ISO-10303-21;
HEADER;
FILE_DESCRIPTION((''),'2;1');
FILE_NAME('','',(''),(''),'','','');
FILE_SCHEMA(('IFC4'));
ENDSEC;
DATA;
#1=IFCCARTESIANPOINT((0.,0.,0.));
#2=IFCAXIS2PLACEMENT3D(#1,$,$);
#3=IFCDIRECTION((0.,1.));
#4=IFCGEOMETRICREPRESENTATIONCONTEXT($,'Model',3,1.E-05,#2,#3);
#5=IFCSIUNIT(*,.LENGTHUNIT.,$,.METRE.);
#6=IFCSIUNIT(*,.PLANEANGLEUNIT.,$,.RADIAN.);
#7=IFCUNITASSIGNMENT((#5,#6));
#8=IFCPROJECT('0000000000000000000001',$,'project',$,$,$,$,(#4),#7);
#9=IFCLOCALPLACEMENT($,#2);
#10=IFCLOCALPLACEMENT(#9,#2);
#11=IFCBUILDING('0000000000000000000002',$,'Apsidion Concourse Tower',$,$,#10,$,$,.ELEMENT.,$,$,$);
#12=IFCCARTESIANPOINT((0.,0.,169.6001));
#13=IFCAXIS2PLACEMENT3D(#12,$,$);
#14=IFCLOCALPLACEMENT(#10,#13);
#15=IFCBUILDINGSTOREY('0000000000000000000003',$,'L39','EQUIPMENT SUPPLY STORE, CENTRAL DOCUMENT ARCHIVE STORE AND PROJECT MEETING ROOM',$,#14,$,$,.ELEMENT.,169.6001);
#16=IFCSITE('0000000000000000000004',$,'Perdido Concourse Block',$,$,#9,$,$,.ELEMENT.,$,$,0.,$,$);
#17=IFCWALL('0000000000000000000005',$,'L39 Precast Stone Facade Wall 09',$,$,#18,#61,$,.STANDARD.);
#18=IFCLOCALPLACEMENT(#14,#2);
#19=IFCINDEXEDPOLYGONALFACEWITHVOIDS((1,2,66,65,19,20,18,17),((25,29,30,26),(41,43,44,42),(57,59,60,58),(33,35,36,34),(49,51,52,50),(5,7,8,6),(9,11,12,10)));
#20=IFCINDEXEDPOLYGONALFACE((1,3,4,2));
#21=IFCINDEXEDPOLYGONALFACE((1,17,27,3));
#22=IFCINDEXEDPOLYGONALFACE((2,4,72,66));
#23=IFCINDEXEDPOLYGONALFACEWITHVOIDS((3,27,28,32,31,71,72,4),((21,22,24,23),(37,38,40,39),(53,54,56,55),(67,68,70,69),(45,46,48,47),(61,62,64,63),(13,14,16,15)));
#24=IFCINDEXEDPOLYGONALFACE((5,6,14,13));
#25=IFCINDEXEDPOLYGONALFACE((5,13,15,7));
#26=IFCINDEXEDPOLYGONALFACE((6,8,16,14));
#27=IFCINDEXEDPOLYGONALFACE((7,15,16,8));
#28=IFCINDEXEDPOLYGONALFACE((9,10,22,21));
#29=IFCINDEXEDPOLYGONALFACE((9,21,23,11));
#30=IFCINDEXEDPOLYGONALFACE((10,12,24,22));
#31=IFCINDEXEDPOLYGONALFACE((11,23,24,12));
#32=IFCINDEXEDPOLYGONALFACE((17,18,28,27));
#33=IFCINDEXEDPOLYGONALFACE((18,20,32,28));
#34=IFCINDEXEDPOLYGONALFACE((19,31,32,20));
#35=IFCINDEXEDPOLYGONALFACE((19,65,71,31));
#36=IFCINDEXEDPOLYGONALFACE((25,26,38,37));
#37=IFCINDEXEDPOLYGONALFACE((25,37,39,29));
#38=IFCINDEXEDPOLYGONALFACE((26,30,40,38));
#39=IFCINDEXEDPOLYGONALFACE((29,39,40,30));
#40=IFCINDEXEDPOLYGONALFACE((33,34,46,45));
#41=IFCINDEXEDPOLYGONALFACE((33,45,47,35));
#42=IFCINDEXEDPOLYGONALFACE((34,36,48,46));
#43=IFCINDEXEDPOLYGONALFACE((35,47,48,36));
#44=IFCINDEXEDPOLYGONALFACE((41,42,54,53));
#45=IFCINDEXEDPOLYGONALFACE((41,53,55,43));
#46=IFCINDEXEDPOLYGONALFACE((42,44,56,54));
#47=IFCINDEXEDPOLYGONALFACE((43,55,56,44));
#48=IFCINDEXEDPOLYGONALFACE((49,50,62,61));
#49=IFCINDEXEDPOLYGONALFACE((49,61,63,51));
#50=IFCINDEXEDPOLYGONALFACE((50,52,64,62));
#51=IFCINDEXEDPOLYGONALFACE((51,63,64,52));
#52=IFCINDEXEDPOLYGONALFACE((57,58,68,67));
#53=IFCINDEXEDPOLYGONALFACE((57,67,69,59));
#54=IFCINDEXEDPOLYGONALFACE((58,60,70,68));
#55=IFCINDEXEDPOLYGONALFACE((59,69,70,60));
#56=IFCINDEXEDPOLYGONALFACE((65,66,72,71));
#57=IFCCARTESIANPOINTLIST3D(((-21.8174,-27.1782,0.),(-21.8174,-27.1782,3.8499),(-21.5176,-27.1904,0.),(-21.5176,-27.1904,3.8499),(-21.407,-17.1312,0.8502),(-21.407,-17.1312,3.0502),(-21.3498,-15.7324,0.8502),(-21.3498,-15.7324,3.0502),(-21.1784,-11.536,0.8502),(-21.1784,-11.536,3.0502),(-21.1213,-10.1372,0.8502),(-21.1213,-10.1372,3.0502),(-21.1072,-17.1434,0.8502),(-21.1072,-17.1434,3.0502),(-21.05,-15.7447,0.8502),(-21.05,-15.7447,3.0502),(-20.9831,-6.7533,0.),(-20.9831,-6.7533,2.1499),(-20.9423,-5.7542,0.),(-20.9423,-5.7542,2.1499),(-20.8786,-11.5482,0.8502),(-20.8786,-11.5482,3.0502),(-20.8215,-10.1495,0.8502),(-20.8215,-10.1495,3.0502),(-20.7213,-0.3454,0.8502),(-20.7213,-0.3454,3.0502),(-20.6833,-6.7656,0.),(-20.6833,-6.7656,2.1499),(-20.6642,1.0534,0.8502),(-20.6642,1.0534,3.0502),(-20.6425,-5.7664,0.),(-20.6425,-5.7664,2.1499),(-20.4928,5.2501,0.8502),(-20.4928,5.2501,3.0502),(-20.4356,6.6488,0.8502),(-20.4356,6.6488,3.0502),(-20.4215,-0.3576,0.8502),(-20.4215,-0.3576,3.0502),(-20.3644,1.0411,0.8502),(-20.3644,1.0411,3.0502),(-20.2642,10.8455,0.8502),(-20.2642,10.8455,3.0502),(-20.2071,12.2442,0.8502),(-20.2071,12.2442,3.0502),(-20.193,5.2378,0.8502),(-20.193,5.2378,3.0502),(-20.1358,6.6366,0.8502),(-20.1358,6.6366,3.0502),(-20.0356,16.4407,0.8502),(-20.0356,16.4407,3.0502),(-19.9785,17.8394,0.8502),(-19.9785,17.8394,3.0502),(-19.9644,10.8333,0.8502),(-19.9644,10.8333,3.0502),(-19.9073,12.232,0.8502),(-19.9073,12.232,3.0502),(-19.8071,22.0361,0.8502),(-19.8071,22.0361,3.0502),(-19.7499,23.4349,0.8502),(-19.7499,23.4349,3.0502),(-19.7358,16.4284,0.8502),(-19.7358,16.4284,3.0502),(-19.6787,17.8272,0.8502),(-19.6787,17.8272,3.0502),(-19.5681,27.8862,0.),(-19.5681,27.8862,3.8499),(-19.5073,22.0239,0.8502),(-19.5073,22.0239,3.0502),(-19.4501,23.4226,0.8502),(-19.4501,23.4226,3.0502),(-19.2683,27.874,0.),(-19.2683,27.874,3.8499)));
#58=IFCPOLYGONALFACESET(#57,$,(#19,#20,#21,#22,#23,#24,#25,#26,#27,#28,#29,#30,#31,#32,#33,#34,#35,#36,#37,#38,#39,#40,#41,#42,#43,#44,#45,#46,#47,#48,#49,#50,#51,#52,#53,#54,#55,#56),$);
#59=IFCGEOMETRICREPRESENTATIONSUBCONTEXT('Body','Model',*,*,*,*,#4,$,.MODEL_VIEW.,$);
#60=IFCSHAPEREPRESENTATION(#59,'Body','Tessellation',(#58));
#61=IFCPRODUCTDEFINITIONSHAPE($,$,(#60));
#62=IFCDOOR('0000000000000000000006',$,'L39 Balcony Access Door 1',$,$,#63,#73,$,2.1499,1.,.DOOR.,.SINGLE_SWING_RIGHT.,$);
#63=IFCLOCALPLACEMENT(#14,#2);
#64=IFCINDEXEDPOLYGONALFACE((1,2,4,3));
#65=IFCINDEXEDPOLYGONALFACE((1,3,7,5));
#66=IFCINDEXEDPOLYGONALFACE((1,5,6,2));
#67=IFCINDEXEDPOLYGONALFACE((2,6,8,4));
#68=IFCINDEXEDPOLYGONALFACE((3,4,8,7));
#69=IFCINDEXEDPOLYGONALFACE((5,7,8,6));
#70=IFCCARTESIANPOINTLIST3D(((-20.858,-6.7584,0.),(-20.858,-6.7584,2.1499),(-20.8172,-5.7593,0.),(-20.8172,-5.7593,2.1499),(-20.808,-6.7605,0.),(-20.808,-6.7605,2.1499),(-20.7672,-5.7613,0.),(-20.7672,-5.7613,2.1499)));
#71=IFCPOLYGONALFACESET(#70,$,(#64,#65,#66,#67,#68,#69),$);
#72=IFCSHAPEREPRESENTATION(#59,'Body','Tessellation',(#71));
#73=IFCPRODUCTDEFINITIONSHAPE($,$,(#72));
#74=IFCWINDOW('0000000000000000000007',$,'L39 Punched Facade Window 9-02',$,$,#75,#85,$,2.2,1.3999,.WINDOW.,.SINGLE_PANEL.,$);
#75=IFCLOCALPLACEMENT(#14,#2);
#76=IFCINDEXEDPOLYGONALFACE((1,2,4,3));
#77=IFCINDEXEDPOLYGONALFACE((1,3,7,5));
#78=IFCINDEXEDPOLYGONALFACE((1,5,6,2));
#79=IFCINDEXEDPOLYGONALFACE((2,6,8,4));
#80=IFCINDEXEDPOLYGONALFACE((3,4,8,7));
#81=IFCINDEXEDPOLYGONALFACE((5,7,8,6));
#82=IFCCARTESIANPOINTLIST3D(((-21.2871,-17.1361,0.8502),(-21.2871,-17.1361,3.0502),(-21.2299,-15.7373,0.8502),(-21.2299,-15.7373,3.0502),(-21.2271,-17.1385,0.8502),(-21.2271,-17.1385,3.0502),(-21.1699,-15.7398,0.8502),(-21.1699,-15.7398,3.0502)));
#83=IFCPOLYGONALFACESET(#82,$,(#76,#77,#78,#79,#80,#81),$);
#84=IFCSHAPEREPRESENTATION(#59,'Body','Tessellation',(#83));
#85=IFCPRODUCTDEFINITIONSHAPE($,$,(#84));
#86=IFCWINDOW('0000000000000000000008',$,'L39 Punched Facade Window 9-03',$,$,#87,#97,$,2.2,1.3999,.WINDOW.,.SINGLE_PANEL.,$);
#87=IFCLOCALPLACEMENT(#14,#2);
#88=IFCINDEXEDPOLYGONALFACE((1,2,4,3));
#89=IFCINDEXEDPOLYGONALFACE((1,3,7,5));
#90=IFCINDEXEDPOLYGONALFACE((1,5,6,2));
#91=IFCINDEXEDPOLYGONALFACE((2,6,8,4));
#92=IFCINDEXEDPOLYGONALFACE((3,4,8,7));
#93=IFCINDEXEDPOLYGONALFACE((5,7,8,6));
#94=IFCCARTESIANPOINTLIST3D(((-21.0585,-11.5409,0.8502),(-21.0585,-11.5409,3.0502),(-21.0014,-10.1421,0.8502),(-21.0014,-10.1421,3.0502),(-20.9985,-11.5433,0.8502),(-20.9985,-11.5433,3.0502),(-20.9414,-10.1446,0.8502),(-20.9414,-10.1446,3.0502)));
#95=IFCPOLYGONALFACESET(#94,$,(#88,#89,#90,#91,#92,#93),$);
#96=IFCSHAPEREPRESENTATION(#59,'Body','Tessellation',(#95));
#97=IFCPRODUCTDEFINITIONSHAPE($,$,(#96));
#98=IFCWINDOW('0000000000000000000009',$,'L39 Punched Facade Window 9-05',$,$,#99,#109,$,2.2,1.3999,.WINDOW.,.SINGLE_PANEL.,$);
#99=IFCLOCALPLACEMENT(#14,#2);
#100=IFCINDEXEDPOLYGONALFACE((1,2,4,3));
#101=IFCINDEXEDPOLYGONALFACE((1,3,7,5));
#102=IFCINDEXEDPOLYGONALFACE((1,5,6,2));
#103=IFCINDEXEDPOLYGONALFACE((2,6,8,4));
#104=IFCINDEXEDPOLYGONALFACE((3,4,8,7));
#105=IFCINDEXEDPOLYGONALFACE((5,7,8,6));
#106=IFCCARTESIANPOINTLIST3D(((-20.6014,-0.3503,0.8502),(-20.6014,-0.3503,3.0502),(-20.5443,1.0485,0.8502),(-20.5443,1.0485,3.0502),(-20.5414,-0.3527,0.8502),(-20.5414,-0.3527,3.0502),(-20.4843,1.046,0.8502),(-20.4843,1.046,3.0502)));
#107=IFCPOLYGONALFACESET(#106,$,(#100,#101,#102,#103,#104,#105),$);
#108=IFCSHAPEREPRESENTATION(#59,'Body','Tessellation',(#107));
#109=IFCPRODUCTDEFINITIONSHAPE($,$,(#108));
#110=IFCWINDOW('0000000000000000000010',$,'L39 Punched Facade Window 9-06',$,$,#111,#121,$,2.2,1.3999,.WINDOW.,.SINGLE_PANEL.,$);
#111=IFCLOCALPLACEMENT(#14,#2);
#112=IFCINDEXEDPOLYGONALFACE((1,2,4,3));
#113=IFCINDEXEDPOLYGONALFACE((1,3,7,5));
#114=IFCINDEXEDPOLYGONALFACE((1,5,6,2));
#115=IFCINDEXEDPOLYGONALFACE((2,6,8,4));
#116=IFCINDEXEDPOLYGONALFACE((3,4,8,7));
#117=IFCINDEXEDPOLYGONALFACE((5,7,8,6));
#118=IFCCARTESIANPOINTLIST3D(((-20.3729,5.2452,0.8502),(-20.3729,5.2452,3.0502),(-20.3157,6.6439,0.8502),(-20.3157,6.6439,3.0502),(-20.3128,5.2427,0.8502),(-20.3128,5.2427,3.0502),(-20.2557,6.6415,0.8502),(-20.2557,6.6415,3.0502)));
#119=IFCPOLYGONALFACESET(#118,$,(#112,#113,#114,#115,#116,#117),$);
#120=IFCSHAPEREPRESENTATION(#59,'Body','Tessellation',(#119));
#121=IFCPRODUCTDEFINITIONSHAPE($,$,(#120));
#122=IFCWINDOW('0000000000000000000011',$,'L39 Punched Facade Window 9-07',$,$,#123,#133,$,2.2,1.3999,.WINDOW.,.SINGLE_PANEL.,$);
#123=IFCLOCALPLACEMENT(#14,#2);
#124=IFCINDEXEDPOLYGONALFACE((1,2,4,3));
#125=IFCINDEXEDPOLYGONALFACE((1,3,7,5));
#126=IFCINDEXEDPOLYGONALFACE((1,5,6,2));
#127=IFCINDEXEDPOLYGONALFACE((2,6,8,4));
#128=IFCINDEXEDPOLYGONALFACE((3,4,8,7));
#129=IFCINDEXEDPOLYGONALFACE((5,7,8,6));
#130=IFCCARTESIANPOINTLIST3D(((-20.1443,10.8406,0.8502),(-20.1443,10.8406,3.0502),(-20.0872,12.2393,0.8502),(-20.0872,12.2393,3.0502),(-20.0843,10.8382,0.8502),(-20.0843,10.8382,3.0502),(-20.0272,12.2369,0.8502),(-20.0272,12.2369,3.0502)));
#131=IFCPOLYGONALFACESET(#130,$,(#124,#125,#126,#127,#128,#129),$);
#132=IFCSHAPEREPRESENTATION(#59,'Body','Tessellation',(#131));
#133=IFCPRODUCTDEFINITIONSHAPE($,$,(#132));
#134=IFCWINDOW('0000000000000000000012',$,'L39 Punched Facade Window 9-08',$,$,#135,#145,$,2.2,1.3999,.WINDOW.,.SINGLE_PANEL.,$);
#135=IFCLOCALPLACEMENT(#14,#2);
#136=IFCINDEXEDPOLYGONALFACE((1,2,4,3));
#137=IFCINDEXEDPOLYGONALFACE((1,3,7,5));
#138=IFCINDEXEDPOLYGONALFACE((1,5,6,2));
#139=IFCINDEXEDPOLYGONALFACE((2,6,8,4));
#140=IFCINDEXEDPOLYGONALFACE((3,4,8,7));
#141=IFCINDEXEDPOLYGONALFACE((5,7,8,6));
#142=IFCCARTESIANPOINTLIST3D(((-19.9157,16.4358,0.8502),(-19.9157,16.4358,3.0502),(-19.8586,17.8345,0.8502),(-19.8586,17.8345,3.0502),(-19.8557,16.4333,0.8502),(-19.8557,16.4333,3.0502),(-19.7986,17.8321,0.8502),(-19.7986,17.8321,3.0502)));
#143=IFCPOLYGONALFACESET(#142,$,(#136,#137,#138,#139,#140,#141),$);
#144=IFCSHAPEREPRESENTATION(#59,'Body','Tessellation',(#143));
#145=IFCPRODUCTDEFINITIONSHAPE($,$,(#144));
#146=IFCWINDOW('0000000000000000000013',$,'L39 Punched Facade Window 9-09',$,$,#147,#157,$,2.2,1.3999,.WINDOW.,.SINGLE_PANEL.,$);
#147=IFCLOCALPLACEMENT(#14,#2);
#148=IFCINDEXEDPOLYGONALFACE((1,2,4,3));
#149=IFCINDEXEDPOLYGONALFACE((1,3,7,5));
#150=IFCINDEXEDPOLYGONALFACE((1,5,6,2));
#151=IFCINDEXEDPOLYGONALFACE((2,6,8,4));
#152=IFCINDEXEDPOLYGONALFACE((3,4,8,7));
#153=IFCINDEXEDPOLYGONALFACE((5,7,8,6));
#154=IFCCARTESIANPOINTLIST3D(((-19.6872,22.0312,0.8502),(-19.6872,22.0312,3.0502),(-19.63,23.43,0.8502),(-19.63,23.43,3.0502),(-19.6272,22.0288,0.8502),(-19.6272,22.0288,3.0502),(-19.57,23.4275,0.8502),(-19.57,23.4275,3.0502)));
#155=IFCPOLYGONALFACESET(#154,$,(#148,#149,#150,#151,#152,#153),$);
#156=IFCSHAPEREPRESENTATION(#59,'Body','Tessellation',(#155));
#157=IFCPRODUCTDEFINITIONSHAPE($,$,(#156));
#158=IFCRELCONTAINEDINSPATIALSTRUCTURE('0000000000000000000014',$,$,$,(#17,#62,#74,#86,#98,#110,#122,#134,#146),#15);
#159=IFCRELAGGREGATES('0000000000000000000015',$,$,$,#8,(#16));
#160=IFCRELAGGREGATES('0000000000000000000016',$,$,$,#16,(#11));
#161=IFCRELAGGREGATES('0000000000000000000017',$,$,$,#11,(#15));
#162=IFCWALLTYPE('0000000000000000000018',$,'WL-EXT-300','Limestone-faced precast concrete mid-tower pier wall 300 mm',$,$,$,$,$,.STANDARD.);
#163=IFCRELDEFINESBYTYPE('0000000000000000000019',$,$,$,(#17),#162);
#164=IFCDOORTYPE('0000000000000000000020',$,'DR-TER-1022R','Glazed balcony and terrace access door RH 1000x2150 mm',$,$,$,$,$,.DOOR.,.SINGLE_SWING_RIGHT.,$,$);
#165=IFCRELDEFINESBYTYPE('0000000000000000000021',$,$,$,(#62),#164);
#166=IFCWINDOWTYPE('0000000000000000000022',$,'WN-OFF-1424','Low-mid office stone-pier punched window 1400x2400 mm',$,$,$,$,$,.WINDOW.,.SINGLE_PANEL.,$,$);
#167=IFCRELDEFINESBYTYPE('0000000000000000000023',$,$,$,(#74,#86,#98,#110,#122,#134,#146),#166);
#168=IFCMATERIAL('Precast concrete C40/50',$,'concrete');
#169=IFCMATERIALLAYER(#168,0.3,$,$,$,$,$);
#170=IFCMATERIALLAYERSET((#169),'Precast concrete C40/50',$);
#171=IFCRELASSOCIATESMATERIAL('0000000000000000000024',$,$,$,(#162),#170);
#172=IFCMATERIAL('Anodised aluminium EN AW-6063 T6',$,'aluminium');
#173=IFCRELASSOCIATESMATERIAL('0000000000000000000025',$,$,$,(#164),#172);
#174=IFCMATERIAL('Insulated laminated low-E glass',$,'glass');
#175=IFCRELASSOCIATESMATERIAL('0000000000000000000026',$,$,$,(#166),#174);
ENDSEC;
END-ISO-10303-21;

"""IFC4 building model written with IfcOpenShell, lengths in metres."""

from ifc_helpers import new_model, si_unit, direction, frame, frame_2d, origin, place, context, subcontext, project, spatial, rectangle, extrude, material, layer, layer_set, type_object, element, fill, save


model = new_model("IFC4")

# Units and contexts
model_context = context("Model", 3, precision=1e-05, world=origin(), true_north=direction((0.0, 1.0)))
body_context = subcontext(model_context, "Body", "Model", "MODEL_VIEW")
ifc_project = project(units=[si_unit("LENGTHUNIT", "METRE"), si_unit("PLANEANGLEUNIT", "RADIAN")], contexts=[model_context])

# Site, building, storey
site_placement = place(None, origin())
site = spatial("IfcSite", under=ifc_project, at=site_placement, Name="Perdido Concourse Block", CompositionType="ELEMENT", RefElevation=0.0)
building_placement = place(site_placement, origin())
building = spatial("IfcBuilding", under=site, at=building_placement, Name="Apsidion Concourse Tower", CompositionType="ELEMENT")
storey_placement = place(building_placement, frame((0.0, 0.0, 169.6001)))
storey = spatial("IfcBuildingStorey", under=building, at=storey_placement, Name="L39", Description="EQUIPMENT SUPPLY STORE, CENTRAL DOCUMENT ARCHIVE STORE AND PROJECT MEETING ROOM", CompositionType="ELEMENT", Elevation=169.6001)

# Shared definitions
ifc_material_1 = material(Name="Precast concrete C40/50", Category="concrete")
ifc_layer_1 = layer(ifc_material_1, 0.3)
ifc_layer_set_1 = layer_set([ifc_layer_1], Name="Precast concrete C40/50")
wall_type_1 = type_object("IfcWallType", Name="WL-EXT-300", Description="Limestone-faced precast concrete mid-tower pier wall 300 mm", PredefinedType="STANDARD", material=ifc_layer_set_1)

# Wall, openings, door, windows
wall_1_placement = place(storey_placement, frame((-21.6675, -27.1843, 0.0), z_axis=(0.0, 0.0, 1.0), x_axis=(0.040814, 0.999167, 0.0)))
wall_1 = element("IfcWall", 1, at=wall_1_placement, inside=storey, type_object=wall_type_1, Name="L39 Precast Stone Facade Wall 09", PredefinedType="STANDARD", context=body_context, shape_type="SweptSolid", body=[
    extrude(rectangle(XDim=55.1104, YDim=0.3, at=frame_2d((27.5552, 0.0))), origin(), (0.0, 0.0, 1.0), 3.8499),
])
opening_1_placement = place(wall_1_placement, frame((20.4419, 0.0, 0.0)))
opening_1 = element("IfcOpeningElement", 2, at=opening_1_placement, cuts=wall_1, PredefinedType="OPENING", context=body_context, shape_type="SweptSolid", body=[
    extrude(rectangle(XDim=1.0, YDim=2.1499, at=frame_2d((0.5, 1.075))), frame((0.0, 0.1602, 0.0), z_axis=(0.0, -1.0, 0.0), x_axis=(1.0, 0.0, 0.0)), (0.0, 0.0, 1.0), 0.3201),
])
opening_2_placement = place(wall_1_placement, frame((10.0554, 0.0, 0.8501)))
opening_2 = element("IfcOpeningElement", 3, at=opening_2_placement, cuts=wall_1, PredefinedType="OPENING", context=body_context, shape_type="SweptSolid", body=[
    extrude(rectangle(XDim=1.3999, YDim=2.2, at=frame_2d((0.7, 1.1001))), frame((0.0, 0.1602, 0.0), z_axis=(0.0, -1.0, 0.0), x_axis=(1.0, 0.0, 0.0)), (0.0, 0.0, 1.0), 0.3201),
])
opening_3_placement = place(wall_1_placement, frame((15.6553, 0.0, 0.8501)))
opening_3 = element("IfcOpeningElement", 4, at=opening_3_placement, cuts=wall_1, PredefinedType="OPENING", context=body_context, shape_type="SweptSolid", body=[
    extrude(rectangle(XDim=1.3999, YDim=2.2, at=frame_2d((0.7, 1.1001))), frame((0.0, 0.1602, 0.0), z_axis=(0.0, -1.0, 0.0), x_axis=(1.0, 0.0, 0.0)), (0.0, 0.0, 1.0), 0.3201),
])
opening_4_placement = place(wall_1_placement, frame((26.8552, 0.0, 0.8501)))
opening_4 = element("IfcOpeningElement", 5, at=opening_4_placement, cuts=wall_1, PredefinedType="OPENING", context=body_context, shape_type="SweptSolid", body=[
    extrude(rectangle(XDim=1.3999, YDim=2.2, at=frame_2d((0.7, 1.1001))), frame((0.0, 0.1602, 0.0), z_axis=(0.0, -1.0, 0.0), x_axis=(1.0, 0.0, 0.0)), (0.0, 0.0, 1.0), 0.3201),
])
opening_5_placement = place(wall_1_placement, frame((32.4553, 0.0, 0.8501)))
opening_5 = element("IfcOpeningElement", 6, at=opening_5_placement, cuts=wall_1, PredefinedType="OPENING", context=body_context, shape_type="SweptSolid", body=[
    extrude(rectangle(XDim=1.3999, YDim=2.2, at=frame_2d((0.7, 1.1001))), frame((0.0, 0.1602, 0.0), z_axis=(0.0, -1.0, 0.0), x_axis=(1.0, 0.0, 0.0)), (0.0, 0.0, 1.0), 0.3201),
])
opening_6_placement = place(wall_1_placement, frame((38.0554, 0.0, 0.8501)))
opening_6 = element("IfcOpeningElement", 7, at=opening_6_placement, cuts=wall_1, PredefinedType="OPENING", context=body_context, shape_type="SweptSolid", body=[
    extrude(rectangle(XDim=1.3999, YDim=2.2, at=frame_2d((0.7, 1.1001))), frame((0.0, 0.1602, 0.0), z_axis=(0.0, -1.0, 0.0), x_axis=(1.0, 0.0, 0.0)), (0.0, 0.0, 1.0), 0.3201),
])
opening_7_placement = place(wall_1_placement, frame((43.6553, 0.0, 0.8501)))
opening_7 = element("IfcOpeningElement", 8, at=opening_7_placement, cuts=wall_1, PredefinedType="OPENING", context=body_context, shape_type="SweptSolid", body=[
    extrude(rectangle(XDim=1.3999, YDim=2.2, at=frame_2d((0.7, 1.1001))), frame((0.0, 0.1602, 0.0), z_axis=(0.0, -1.0, 0.0), x_axis=(1.0, 0.0, 0.0)), (0.0, 0.0, 1.0), 0.3201),
])
opening_8_placement = place(wall_1_placement, frame((49.2554, 0.0, 0.8501)))
opening_8 = element("IfcOpeningElement", 9, at=opening_8_placement, cuts=wall_1, PredefinedType="OPENING", context=body_context, shape_type="SweptSolid", body=[
    extrude(rectangle(XDim=1.3999, YDim=2.2, at=frame_2d((0.7, 1.1001))), frame((0.0, 0.1602, 0.0), z_axis=(0.0, -1.0, 0.0), x_axis=(1.0, 0.0, 0.0)), (0.0, 0.0, 1.0), 0.3201),
])
ifc_material_2 = material(Name="Anodised aluminium EN AW-6063 T6", Category="aluminium")
door_type_1 = type_object("IfcDoorType", Name="DR-TER-1022R", Description="Glazed balcony and terrace access door RH 1000x2150 mm", OperationType="SINGLE_SWING_RIGHT", PredefinedType="DOOR", material=ifc_material_2)
door_1_placement = place(opening_1_placement, origin())
door_1 = element("IfcDoor", 10, at=door_1_placement, inside=storey, type_object=door_type_1, Name="L39 Balcony Access Door 1", OperationType="SINGLE_SWING_RIGHT", OverallHeight=2.1499, OverallWidth=1.0, PredefinedType="DOOR", context=body_context, shape_type="SweptSolid", body=[
    extrude(rectangle(XDim=1.0, YDim=2.1499, at=frame_2d((0.5, 1.075))), frame((0.0, 0.0249, 0.0), z_axis=(0.0, -1.0, 0.0), x_axis=(1.0, 0.0, 0.0)), (0.0, 0.0, 1.0), 0.05),
])
fill(opening_1, door_1)
ifc_material_3 = material(Name="Insulated laminated low-E glass", Category="glass")
window_type = type_object("IfcWindowType", Name="WN-OFF-1424", Description="Low-mid office stone-pier punched window 1400x2400 mm", PartitioningType="SINGLE_PANEL", PredefinedType="WINDOW", material=ifc_material_3)
window_1_placement = place(opening_2_placement, origin())
window_1 = element("IfcWindow", 11, at=window_1_placement, inside=storey, type_object=window_type, Name="L39 Punched Facade Window 9-02", OverallHeight=2.2, OverallWidth=1.3999, PartitioningType="SINGLE_PANEL", PredefinedType="WINDOW", context=body_context, shape_type="SweptSolid", body=[
    extrude(rectangle(XDim=1.3999, YDim=2.2, at=frame_2d((0.7, 1.1001))), frame((0.0, 0.03, 0.0), z_axis=(0.0, -1.0, 0.0), x_axis=(1.0, 0.0, 0.0)), (0.0, 0.0, 1.0), 0.0601),
])
fill(opening_2, window_1)
window_2_placement = place(opening_3_placement, origin())
window_2 = element("IfcWindow", 12, at=window_2_placement, inside=storey, type_object=window_type, Name="L39 Punched Facade Window 9-03", OverallHeight=2.2, OverallWidth=1.3999, PartitioningType="SINGLE_PANEL", PredefinedType="WINDOW", context=body_context, shape_type="SweptSolid", body=[
    extrude(rectangle(XDim=1.3999, YDim=2.2, at=frame_2d((0.7, 1.1001))), frame((0.0, 0.03, 0.0), z_axis=(0.0, -1.0, 0.0), x_axis=(1.0, 0.0, 0.0)), (0.0, 0.0, 1.0), 0.0601),
])
fill(opening_3, window_2)
window_3_placement = place(opening_4_placement, origin())
window_3 = element("IfcWindow", 13, at=window_3_placement, inside=storey, type_object=window_type, Name="L39 Punched Facade Window 9-05", OverallHeight=2.2, OverallWidth=1.3999, PartitioningType="SINGLE_PANEL", PredefinedType="WINDOW", context=body_context, shape_type="SweptSolid", body=[
    extrude(rectangle(XDim=1.3999, YDim=2.2, at=frame_2d((0.7, 1.1001))), frame((0.0, 0.03, 0.0), z_axis=(0.0, -1.0, 0.0), x_axis=(1.0, 0.0, 0.0)), (0.0, 0.0, 1.0), 0.0601),
])
fill(opening_4, window_3)
window_4_placement = place(opening_5_placement, origin())
window_4 = element("IfcWindow", 14, at=window_4_placement, inside=storey, type_object=window_type, Name="L39 Punched Facade Window 9-06", OverallHeight=2.2, OverallWidth=1.3999, PartitioningType="SINGLE_PANEL", PredefinedType="WINDOW", context=body_context, shape_type="SweptSolid", body=[
    extrude(rectangle(XDim=1.3999, YDim=2.2, at=frame_2d((0.7, 1.1001))), frame((0.0, 0.03, 0.0), z_axis=(0.0, -1.0, 0.0), x_axis=(1.0, 0.0, 0.0)), (0.0, 0.0, 1.0), 0.0601),
])
fill(opening_5, window_4)
window_5_placement = place(opening_6_placement, origin())
window_5 = element("IfcWindow", 15, at=window_5_placement, inside=storey, type_object=window_type, Name="L39 Punched Facade Window 9-07", OverallHeight=2.2, OverallWidth=1.3999, PartitioningType="SINGLE_PANEL", PredefinedType="WINDOW", context=body_context, shape_type="SweptSolid", body=[
    extrude(rectangle(XDim=1.3999, YDim=2.2, at=frame_2d((0.7, 1.1001))), frame((0.0, 0.03, 0.0), z_axis=(0.0, -1.0, 0.0), x_axis=(1.0, 0.0, 0.0)), (0.0, 0.0, 1.0), 0.0601),
])
fill(opening_6, window_5)
window_6_placement = place(opening_7_placement, origin())
window_6 = element("IfcWindow", 16, at=window_6_placement, inside=storey, type_object=window_type, Name="L39 Punched Facade Window 9-08", OverallHeight=2.2, OverallWidth=1.3999, PartitioningType="SINGLE_PANEL", PredefinedType="WINDOW", context=body_context, shape_type="SweptSolid", body=[
    extrude(rectangle(XDim=1.3999, YDim=2.2, at=frame_2d((0.7, 1.1001))), frame((0.0, 0.03, 0.0), z_axis=(0.0, -1.0, 0.0), x_axis=(1.0, 0.0, 0.0)), (0.0, 0.0, 1.0), 0.0601),
])
fill(opening_7, window_6)
window_7_placement = place(opening_8_placement, origin())
window_7 = element("IfcWindow", 17, at=window_7_placement, inside=storey, type_object=window_type, Name="L39 Punched Facade Window 9-09", OverallHeight=2.2, OverallWidth=1.3999, PartitioningType="SINGLE_PANEL", PredefinedType="WINDOW", context=body_context, shape_type="SweptSolid", body=[
    extrude(rectangle(XDim=1.3999, YDim=2.2, at=frame_2d((0.7, 1.1001))), frame((0.0, 0.03, 0.0), z_axis=(0.0, -1.0, 0.0), x_axis=(1.0, 0.0, 0.0)), (0.0, 0.0, 1.0), 0.0601),
])
fill(opening_8, window_7)

save(model, "model.ifc")
